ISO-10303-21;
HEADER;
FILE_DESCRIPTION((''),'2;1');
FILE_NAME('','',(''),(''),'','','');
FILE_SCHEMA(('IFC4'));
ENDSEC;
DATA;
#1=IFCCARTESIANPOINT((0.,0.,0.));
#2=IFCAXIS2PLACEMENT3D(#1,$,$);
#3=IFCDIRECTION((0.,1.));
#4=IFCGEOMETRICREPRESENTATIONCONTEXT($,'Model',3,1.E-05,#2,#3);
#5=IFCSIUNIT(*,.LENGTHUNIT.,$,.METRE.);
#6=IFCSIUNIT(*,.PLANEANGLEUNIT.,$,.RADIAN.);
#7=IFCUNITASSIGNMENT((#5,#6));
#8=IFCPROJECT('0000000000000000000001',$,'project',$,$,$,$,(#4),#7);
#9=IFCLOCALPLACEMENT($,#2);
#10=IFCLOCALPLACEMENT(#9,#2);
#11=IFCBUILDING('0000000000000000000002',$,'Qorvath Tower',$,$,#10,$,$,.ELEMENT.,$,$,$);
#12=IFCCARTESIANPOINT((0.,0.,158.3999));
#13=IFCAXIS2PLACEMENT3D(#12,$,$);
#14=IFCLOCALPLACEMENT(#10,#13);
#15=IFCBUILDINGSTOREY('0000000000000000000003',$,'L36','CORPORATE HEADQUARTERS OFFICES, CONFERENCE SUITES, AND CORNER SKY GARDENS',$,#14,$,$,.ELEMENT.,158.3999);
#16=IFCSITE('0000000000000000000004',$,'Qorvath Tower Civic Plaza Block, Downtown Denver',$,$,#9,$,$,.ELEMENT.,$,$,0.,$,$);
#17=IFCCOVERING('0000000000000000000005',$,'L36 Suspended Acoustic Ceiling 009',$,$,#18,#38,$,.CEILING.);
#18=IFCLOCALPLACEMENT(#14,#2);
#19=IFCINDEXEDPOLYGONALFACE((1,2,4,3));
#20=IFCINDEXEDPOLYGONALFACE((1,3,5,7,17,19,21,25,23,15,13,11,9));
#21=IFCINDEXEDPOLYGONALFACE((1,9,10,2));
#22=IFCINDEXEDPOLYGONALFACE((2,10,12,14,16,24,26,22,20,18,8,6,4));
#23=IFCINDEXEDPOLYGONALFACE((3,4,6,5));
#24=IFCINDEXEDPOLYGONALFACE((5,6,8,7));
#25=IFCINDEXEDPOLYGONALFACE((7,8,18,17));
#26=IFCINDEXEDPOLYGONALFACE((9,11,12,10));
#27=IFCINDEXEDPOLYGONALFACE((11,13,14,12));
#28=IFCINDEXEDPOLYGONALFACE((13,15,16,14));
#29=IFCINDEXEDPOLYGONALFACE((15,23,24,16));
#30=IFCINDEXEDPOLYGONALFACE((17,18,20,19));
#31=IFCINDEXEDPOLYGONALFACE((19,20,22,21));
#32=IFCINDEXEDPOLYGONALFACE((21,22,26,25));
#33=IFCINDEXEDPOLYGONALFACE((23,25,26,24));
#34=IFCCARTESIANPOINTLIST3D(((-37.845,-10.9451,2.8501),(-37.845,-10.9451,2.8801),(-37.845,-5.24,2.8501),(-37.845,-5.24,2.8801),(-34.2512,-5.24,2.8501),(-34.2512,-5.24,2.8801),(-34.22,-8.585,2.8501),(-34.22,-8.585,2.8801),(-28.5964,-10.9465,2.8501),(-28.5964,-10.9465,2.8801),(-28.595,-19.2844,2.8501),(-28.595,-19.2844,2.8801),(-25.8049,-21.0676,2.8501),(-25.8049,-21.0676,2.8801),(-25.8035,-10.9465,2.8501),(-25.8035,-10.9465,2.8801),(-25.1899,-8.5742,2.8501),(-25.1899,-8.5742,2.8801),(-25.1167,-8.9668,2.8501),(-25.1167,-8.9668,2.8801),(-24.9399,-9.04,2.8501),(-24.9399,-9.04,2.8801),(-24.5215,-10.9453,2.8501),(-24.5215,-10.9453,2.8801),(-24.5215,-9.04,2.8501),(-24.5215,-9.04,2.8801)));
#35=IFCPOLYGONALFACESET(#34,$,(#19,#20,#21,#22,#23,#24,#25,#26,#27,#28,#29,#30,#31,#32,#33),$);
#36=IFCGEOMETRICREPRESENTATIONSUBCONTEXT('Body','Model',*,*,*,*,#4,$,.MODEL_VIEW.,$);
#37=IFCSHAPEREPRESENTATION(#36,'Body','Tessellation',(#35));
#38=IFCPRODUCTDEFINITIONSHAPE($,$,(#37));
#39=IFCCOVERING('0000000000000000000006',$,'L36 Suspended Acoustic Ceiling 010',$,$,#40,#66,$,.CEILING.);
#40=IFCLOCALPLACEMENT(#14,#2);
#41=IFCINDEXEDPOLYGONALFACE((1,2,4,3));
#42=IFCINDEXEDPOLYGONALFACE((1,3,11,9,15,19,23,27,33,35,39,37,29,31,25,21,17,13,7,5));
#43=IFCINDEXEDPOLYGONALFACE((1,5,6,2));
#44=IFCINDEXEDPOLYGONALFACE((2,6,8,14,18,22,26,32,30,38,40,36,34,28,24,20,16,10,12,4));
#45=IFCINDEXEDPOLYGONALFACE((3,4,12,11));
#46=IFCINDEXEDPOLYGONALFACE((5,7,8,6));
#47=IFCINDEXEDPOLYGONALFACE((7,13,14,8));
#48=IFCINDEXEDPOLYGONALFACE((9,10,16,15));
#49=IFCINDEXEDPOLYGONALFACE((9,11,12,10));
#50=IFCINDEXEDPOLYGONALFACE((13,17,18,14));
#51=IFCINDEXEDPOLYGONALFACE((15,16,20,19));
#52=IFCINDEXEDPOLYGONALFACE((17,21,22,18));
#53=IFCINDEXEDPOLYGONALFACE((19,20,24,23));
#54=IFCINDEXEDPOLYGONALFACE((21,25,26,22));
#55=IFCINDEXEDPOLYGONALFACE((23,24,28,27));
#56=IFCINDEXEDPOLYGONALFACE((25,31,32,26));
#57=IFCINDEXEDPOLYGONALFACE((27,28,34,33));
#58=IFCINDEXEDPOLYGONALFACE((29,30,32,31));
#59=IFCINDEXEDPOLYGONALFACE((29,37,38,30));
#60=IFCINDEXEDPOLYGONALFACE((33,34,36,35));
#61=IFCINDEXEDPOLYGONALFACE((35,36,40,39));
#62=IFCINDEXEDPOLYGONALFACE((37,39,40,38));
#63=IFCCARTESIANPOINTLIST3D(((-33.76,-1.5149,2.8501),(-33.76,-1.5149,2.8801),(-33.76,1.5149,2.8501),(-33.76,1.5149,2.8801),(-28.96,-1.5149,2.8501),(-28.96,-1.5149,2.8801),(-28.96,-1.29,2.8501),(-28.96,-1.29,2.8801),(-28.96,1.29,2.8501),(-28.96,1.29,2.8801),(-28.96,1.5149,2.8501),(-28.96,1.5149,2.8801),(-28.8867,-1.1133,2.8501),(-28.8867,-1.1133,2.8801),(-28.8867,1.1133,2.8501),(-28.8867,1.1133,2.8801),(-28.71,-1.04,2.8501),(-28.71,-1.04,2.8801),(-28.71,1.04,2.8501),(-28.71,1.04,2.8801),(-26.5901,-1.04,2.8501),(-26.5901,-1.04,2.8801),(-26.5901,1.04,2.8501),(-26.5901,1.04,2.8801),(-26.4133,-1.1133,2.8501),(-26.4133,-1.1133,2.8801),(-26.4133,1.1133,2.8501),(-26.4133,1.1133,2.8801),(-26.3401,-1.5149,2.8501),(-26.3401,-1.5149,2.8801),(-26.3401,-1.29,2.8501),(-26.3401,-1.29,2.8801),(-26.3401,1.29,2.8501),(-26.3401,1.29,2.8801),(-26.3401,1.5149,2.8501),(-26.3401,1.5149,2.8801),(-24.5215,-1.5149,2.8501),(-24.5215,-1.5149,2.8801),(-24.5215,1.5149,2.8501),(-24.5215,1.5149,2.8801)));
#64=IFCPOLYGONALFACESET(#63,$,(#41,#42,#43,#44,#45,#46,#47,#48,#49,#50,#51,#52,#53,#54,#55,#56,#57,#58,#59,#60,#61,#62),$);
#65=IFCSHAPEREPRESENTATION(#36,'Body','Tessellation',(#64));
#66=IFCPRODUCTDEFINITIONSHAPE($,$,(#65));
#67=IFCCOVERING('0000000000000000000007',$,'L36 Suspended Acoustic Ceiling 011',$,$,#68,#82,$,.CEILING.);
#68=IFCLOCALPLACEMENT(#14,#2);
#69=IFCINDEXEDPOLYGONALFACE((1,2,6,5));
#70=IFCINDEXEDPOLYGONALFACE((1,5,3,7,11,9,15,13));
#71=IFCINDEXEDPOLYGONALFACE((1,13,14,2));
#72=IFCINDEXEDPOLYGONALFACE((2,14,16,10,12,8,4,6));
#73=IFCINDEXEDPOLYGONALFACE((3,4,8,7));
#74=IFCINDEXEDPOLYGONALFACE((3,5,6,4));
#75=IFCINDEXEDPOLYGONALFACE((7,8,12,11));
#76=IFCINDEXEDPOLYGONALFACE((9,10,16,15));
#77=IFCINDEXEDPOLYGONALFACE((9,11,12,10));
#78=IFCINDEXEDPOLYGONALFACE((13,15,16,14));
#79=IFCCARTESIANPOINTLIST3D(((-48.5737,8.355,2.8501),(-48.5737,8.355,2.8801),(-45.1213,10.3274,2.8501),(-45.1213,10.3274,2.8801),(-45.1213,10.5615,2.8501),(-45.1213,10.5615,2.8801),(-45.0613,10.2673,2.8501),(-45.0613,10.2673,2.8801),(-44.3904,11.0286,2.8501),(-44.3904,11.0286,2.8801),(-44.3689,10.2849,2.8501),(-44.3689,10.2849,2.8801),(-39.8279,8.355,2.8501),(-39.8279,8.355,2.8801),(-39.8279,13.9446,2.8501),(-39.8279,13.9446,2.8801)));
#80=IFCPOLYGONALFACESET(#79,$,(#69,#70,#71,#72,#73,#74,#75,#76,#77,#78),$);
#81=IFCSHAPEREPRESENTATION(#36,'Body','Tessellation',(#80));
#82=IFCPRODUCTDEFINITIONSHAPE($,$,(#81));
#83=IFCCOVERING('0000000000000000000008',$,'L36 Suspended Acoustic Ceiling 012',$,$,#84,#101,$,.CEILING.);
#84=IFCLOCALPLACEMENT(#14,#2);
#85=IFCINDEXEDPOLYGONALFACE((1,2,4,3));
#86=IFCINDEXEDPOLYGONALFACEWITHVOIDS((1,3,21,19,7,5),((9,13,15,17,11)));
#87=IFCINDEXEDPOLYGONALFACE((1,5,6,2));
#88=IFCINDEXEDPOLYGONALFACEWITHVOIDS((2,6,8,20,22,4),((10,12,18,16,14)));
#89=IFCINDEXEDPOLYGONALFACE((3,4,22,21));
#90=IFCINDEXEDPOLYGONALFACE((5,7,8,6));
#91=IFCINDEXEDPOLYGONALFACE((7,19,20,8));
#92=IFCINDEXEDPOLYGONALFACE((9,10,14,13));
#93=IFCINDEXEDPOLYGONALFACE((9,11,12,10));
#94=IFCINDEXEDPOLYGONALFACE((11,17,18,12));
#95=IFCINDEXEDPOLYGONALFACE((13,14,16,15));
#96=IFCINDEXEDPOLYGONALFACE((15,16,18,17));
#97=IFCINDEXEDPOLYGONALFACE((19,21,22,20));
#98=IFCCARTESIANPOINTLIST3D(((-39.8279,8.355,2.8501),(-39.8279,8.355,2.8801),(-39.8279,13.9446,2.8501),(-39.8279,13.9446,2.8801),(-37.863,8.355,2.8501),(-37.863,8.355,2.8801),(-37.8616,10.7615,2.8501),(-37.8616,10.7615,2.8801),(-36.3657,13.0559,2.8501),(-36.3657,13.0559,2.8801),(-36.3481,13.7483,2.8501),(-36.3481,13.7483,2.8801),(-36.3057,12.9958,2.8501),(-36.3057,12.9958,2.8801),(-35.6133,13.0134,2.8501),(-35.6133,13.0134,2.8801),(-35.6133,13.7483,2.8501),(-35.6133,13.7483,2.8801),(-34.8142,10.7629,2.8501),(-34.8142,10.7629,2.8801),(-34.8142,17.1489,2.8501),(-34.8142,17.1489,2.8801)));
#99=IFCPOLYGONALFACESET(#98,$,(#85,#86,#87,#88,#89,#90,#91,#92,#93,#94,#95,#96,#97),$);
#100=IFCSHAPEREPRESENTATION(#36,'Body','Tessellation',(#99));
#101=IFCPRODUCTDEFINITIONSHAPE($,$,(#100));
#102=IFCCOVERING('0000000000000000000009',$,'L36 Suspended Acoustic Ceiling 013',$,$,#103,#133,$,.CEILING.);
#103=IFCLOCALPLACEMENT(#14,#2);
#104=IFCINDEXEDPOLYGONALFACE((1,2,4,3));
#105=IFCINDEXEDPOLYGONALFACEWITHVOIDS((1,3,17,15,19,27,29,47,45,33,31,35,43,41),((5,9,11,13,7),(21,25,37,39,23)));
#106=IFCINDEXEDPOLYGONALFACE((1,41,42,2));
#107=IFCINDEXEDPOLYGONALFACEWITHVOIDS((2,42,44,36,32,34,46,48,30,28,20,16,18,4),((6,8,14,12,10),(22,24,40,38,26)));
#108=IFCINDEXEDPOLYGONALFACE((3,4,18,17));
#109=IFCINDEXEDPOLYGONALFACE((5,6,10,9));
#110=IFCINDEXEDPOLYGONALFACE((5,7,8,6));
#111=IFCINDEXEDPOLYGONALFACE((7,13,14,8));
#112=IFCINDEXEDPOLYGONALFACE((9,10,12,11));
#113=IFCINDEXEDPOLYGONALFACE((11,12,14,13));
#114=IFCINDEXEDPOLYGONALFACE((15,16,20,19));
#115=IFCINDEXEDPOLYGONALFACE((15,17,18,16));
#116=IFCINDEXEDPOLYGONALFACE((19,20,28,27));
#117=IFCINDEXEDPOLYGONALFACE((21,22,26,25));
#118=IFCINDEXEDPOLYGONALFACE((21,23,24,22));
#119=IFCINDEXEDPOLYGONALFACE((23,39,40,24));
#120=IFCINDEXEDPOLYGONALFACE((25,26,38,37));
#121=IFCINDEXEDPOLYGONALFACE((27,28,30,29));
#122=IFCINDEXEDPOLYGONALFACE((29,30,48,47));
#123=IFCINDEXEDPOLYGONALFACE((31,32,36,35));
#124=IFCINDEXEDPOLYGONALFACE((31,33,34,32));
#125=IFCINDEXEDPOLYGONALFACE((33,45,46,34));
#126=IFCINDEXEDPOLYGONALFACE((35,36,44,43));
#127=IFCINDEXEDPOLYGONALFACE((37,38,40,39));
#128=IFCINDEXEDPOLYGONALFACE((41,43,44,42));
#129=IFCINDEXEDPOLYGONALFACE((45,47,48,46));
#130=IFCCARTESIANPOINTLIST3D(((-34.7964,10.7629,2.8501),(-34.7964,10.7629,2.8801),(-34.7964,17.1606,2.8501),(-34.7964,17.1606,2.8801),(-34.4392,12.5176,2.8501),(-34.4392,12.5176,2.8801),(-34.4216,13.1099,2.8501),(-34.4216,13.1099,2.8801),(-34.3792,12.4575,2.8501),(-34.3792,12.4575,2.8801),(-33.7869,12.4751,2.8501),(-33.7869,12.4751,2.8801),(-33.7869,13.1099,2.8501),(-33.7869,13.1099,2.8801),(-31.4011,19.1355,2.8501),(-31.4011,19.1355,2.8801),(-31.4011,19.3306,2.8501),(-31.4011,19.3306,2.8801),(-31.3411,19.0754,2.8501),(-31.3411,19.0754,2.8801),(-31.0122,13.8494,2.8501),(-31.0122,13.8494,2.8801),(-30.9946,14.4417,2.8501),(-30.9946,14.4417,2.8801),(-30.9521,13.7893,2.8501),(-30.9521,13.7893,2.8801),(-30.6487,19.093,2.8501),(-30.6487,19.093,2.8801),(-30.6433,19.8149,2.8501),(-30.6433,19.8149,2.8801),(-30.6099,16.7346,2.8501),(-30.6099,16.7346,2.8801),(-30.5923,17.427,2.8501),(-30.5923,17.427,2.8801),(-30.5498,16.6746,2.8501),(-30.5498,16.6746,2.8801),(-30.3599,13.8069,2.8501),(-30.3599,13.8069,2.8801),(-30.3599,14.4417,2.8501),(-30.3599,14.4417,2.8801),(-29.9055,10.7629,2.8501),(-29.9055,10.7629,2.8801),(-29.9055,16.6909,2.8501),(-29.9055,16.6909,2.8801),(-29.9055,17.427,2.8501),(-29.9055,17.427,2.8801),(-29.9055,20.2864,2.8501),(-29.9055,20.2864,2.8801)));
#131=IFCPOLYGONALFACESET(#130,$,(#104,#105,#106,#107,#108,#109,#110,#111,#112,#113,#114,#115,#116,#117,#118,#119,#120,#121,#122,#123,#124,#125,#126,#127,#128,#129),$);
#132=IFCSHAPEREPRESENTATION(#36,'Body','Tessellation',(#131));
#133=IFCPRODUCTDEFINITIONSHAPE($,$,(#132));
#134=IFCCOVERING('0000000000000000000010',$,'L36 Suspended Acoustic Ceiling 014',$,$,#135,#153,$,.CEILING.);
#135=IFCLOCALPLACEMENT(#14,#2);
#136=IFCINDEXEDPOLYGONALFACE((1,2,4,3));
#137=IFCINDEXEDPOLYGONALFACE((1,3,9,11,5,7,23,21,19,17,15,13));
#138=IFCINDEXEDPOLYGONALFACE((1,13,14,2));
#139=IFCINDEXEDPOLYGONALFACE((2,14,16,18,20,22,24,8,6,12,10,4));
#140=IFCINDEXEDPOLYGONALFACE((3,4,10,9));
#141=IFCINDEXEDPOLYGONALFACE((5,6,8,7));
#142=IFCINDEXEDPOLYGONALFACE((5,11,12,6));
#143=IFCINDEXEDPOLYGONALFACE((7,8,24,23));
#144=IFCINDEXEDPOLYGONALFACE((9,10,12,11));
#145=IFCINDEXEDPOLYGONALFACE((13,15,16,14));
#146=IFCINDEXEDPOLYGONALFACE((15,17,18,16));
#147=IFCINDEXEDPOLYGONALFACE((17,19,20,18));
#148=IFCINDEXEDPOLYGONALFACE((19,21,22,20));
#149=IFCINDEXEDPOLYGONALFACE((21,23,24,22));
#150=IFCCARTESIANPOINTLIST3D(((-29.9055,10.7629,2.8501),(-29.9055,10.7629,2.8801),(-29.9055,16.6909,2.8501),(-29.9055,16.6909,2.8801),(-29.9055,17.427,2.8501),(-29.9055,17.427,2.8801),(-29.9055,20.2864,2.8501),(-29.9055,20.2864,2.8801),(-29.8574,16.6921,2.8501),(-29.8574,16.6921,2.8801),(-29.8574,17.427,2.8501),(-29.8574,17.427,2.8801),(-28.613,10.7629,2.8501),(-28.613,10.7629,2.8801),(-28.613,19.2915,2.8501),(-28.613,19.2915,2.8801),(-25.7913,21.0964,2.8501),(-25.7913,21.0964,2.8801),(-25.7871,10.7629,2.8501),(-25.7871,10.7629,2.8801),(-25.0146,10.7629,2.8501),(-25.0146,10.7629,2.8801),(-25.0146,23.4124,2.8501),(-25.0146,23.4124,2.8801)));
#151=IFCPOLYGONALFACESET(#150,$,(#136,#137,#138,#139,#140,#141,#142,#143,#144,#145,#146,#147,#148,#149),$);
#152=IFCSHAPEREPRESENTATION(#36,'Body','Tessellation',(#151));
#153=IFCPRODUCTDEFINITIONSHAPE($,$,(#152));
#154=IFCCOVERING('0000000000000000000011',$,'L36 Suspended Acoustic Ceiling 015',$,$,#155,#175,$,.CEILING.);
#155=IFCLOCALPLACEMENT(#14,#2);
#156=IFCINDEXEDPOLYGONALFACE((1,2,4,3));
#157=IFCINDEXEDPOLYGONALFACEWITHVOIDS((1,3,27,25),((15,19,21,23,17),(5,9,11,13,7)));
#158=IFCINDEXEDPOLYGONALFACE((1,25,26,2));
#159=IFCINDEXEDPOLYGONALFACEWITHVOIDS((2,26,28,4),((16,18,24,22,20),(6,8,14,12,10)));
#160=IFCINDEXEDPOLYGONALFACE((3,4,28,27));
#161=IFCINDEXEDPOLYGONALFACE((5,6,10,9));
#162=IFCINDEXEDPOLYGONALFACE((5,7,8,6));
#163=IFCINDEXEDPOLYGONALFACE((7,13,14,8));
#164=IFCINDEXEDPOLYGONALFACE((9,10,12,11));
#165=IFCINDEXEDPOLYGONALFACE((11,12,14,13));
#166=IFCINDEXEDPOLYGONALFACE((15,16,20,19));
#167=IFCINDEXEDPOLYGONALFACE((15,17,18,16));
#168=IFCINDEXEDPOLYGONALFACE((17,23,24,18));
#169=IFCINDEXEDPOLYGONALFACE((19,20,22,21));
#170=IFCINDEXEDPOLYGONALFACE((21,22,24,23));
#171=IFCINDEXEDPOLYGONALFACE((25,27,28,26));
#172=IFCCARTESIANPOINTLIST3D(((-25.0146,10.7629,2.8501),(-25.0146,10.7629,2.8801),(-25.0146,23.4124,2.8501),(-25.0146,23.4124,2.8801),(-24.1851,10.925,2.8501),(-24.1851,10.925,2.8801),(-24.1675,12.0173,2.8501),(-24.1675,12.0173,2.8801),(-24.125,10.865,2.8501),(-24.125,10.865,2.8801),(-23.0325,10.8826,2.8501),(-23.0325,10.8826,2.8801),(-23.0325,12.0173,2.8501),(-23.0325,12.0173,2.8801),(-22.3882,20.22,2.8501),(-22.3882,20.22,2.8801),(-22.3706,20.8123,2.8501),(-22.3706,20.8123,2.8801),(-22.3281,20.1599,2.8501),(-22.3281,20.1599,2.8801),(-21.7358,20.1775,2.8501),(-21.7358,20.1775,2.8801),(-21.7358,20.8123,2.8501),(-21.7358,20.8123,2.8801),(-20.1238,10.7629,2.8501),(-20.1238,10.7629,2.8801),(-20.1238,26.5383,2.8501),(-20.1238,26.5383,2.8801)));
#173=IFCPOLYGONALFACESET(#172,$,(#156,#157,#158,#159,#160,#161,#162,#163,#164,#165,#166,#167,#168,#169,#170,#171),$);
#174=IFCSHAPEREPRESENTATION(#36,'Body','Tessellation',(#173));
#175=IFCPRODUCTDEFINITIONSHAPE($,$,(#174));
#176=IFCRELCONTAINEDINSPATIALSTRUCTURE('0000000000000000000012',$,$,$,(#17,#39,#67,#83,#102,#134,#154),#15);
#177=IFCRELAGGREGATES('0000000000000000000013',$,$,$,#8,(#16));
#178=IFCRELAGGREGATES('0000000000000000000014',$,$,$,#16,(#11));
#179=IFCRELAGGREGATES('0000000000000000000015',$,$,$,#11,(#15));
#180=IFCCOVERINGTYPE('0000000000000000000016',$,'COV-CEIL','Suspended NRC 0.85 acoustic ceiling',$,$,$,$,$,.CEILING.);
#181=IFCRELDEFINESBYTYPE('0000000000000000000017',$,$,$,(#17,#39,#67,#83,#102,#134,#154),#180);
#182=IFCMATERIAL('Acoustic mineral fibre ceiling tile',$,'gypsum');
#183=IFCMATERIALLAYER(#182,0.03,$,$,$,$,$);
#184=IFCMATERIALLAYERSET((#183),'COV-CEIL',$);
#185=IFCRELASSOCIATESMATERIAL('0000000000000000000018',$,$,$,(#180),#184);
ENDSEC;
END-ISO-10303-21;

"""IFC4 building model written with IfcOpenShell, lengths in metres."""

from ifc_helpers import new_model, si_unit, direction, frame, origin, place, context, subcontext, project, spatial, polyline, outline, extrude, material, layer, layer_set, type_object, element, save


model = new_model("IFC4")

# Units and contexts
model_context = context("Model", 3, precision=1e-05, world=origin(), true_north=direction((0.0, 1.0)))
body_context = subcontext(model_context, "Body", "Model", "MODEL_VIEW")
ifc_project = project(units=[si_unit("LENGTHUNIT", "METRE"), si_unit("PLANEANGLEUNIT", "RADIAN")], contexts=[model_context])

# Site, building, storey
site_placement = place(None, origin())
site = spatial("IfcSite", under=ifc_project, at=site_placement, Name="Qorvath Tower Civic Plaza Block, Downtown Denver", CompositionType="ELEMENT", RefElevation=0.0)
building_placement = place(site_placement, origin())
building = spatial("IfcBuilding", under=site, at=building_placement, Name="Qorvath Tower", CompositionType="ELEMENT")
storey_placement = place(building_placement, frame((0.0, 0.0, 158.3999)))
storey = spatial("IfcBuildingStorey", under=building, at=storey_placement, Name="L36", Description="CORPORATE HEADQUARTERS OFFICES, CONFERENCE SUITES, AND CORNER SKY GARDENS", CompositionType="ELEMENT", Elevation=158.3999)

# Coverings
ifc_material_1 = material(Name="Acoustic mineral fibre ceiling tile", Category="gypsum")
ifc_layer_1 = layer(ifc_material_1, 0.03)
ifc_layer_set_1 = layer_set([ifc_layer_1], Name="COV-CEIL")
covering_type_1 = type_object("IfcCoveringType", Name="COV-CEIL", Description="Suspended NRC 0.85 acoustic ceiling", PredefinedType="CEILING", material=ifc_layer_set_1)
covering_1_placement = place(storey_placement, frame((0.0, 0.0, 2.8501)))
element("IfcCovering", 1, at=covering_1_placement, inside=storey, type_object=covering_type_1, Name="L36 Suspended Acoustic Ceiling 009", PredefinedType="CEILING", context=body_context, shape_type="SweptSolid", body=[
    extrude(outline(polyline([(-24.5215, -10.9453), (-24.5215, -9.04), (-24.9399, -9.04), (-25.1167, -8.9668), (-25.1899, -8.5742), (-34.22, -8.585), (-34.2512, -5.24), (-37.845, -5.24), (-37.845, -10.9451), (-28.5964, -10.9465), (-28.595, -19.2844), (-25.8049, -21.0676), (-25.8035, -10.9465), (-24.5215, -10.9453)])), origin(), (0.0, 0.0, 1.0), 0.03),
])
covering_2_placement = place(storey_placement, frame((0.0, 0.0, 2.8501)))
element("IfcCovering", 2, at=covering_2_placement, inside=storey, type_object=covering_type_1, Name="L36 Suspended Acoustic Ceiling 010", PredefinedType="CEILING", context=body_context, shape_type="SweptSolid", body=[
    extrude(outline(polyline([(-33.76, -1.5149), (-28.96, -1.5149), (-28.96, -1.29), (-28.8867, -1.1133), (-28.71, -1.04), (-26.5901, -1.04), (-26.4133, -1.1133), (-26.3401, -1.29), (-26.3401, -1.5149), (-24.5215, -1.5149), (-24.5215, 1.5149), (-26.3401, 1.5149), (-26.3401, 1.29), (-26.4133, 1.1133), (-26.5901, 1.04), (-28.71, 1.04), (-28.8867, 1.1133), (-28.96, 1.29), (-28.96, 1.5149), (-33.76, 1.5149), (-33.76, -1.5149)])), origin(), (0.0, 0.0, 1.0), 0.03),
])
covering_3_placement = place(storey_placement, frame((0.0, 0.0, 2.8501)))
element("IfcCovering", 3, at=covering_3_placement, inside=storey, type_object=covering_type_1, Name="L36 Suspended Acoustic Ceiling 011", PredefinedType="CEILING", context=body_context, shape_type="SweptSolid", body=[
    extrude(outline(polyline([(-39.8279, 8.355), (-39.8279, 13.9446), (-44.3904, 11.0286), (-44.3689, 10.2849), (-45.0613, 10.2673), (-45.1213, 10.3274), (-45.1213, 10.5615), (-48.5737, 8.355), (-39.8279, 8.355)])), origin(), (0.0, 0.0, 1.0), 0.03),
])
covering_4_placement = place(storey_placement, frame((0.0, 0.0, 2.8501)))
element("IfcCovering", 4, at=covering_4_placement, inside=storey, type_object=covering_type_1, Name="L36 Suspended Acoustic Ceiling 012", PredefinedType="CEILING", context=body_context, shape_type="SweptSolid", body=[
    extrude(outline(polyline([(-34.8142, 10.7629), (-34.8142, 17.1489), (-39.8279, 13.9446), (-39.8279, 8.355), (-37.863, 8.355), (-37.8616, 10.7615), (-34.8142, 10.7629)]), holes=[polyline([(-36.3657, 13.0559), (-36.3481, 13.7483), (-35.6133, 13.7483), (-35.6133, 13.0134), (-36.3057, 12.9958), (-36.3657, 13.0559)])]), origin(), (0.0, 0.0, 1.0), 0.03),
])
covering_5_placement = place(storey_placement, frame((0.0, 0.0, 2.8501)))
element("IfcCovering", 5, at=covering_5_placement, inside=storey, type_object=covering_type_1, Name="L36 Suspended Acoustic Ceiling 013", PredefinedType="CEILING", context=body_context, shape_type="SweptSolid", body=[
    extrude(outline(polyline([(-29.9055, 10.7629), (-29.9055, 16.6909), (-30.5498, 16.6746), (-30.6099, 16.7346), (-30.5923, 17.427), (-29.9055, 17.427), (-29.9055, 20.2864), (-30.6433, 19.8149), (-30.6487, 19.093), (-31.3411, 19.0754), (-31.4011, 19.1355), (-31.4011, 19.3306), (-34.7964, 17.1606), (-34.7964, 10.7629), (-29.9055, 10.7629)]), holes=[polyline([(-31.0122, 13.8494), (-30.9946, 14.4417), (-30.3599, 14.4417), (-30.3599, 13.8069), (-30.9521, 13.7893), (-31.0122, 13.8494)]), polyline([(-34.4392, 12.5176), (-34.4216, 13.1099), (-33.7869, 13.1099), (-33.7869, 12.4751), (-34.3792, 12.4575), (-34.4392, 12.5176)])]), origin(), (0.0, 0.0, 1.0), 0.03),
])
covering_6_placement = place(storey_placement, frame((0.0, 0.0, 2.8501)))
element("IfcCovering", 6, at=covering_6_placement, inside=storey, type_object=covering_type_1, Name="L36 Suspended Acoustic Ceiling 014", PredefinedType="CEILING", context=body_context, shape_type="SweptSolid", body=[
    extrude(outline(polyline([(-25.0146, 10.7629), (-25.0146, 23.4124), (-29.9055, 20.2864), (-29.9055, 17.427), (-29.8574, 17.427), (-29.8574, 16.6921), (-29.9055, 16.6909), (-29.9055, 10.7629), (-28.613, 10.7629), (-28.613, 19.2915), (-25.7913, 21.0964), (-25.7871, 10.7629), (-25.0146, 10.7629)])), origin(), (0.0, 0.0, 1.0), 0.03),
])
covering_7_placement = place(storey_placement, frame((0.0, 0.0, 2.8501)))
element("IfcCovering", 7, at=covering_7_placement, inside=storey, type_object=covering_type_1, Name="L36 Suspended Acoustic Ceiling 015", PredefinedType="CEILING", context=body_context, shape_type="SweptSolid", body=[
    extrude(outline(polyline([(-20.1238, 10.7629), (-20.1238, 26.5383), (-25.0146, 23.4124), (-25.0146, 10.7629), (-20.1238, 10.7629)]), holes=[polyline([(-22.3882, 20.22), (-22.3706, 20.8123), (-21.7358, 20.8123), (-21.7358, 20.1775), (-22.3281, 20.1599), (-22.3882, 20.22)]), polyline([(-24.1851, 10.925), (-24.1675, 12.0173), (-23.0325, 12.0173), (-23.0325, 10.8826), (-24.125, 10.865), (-24.1851, 10.925)])]), origin(), (0.0, 0.0, 1.0), 0.03),
])

save(model, "model.ifc")
